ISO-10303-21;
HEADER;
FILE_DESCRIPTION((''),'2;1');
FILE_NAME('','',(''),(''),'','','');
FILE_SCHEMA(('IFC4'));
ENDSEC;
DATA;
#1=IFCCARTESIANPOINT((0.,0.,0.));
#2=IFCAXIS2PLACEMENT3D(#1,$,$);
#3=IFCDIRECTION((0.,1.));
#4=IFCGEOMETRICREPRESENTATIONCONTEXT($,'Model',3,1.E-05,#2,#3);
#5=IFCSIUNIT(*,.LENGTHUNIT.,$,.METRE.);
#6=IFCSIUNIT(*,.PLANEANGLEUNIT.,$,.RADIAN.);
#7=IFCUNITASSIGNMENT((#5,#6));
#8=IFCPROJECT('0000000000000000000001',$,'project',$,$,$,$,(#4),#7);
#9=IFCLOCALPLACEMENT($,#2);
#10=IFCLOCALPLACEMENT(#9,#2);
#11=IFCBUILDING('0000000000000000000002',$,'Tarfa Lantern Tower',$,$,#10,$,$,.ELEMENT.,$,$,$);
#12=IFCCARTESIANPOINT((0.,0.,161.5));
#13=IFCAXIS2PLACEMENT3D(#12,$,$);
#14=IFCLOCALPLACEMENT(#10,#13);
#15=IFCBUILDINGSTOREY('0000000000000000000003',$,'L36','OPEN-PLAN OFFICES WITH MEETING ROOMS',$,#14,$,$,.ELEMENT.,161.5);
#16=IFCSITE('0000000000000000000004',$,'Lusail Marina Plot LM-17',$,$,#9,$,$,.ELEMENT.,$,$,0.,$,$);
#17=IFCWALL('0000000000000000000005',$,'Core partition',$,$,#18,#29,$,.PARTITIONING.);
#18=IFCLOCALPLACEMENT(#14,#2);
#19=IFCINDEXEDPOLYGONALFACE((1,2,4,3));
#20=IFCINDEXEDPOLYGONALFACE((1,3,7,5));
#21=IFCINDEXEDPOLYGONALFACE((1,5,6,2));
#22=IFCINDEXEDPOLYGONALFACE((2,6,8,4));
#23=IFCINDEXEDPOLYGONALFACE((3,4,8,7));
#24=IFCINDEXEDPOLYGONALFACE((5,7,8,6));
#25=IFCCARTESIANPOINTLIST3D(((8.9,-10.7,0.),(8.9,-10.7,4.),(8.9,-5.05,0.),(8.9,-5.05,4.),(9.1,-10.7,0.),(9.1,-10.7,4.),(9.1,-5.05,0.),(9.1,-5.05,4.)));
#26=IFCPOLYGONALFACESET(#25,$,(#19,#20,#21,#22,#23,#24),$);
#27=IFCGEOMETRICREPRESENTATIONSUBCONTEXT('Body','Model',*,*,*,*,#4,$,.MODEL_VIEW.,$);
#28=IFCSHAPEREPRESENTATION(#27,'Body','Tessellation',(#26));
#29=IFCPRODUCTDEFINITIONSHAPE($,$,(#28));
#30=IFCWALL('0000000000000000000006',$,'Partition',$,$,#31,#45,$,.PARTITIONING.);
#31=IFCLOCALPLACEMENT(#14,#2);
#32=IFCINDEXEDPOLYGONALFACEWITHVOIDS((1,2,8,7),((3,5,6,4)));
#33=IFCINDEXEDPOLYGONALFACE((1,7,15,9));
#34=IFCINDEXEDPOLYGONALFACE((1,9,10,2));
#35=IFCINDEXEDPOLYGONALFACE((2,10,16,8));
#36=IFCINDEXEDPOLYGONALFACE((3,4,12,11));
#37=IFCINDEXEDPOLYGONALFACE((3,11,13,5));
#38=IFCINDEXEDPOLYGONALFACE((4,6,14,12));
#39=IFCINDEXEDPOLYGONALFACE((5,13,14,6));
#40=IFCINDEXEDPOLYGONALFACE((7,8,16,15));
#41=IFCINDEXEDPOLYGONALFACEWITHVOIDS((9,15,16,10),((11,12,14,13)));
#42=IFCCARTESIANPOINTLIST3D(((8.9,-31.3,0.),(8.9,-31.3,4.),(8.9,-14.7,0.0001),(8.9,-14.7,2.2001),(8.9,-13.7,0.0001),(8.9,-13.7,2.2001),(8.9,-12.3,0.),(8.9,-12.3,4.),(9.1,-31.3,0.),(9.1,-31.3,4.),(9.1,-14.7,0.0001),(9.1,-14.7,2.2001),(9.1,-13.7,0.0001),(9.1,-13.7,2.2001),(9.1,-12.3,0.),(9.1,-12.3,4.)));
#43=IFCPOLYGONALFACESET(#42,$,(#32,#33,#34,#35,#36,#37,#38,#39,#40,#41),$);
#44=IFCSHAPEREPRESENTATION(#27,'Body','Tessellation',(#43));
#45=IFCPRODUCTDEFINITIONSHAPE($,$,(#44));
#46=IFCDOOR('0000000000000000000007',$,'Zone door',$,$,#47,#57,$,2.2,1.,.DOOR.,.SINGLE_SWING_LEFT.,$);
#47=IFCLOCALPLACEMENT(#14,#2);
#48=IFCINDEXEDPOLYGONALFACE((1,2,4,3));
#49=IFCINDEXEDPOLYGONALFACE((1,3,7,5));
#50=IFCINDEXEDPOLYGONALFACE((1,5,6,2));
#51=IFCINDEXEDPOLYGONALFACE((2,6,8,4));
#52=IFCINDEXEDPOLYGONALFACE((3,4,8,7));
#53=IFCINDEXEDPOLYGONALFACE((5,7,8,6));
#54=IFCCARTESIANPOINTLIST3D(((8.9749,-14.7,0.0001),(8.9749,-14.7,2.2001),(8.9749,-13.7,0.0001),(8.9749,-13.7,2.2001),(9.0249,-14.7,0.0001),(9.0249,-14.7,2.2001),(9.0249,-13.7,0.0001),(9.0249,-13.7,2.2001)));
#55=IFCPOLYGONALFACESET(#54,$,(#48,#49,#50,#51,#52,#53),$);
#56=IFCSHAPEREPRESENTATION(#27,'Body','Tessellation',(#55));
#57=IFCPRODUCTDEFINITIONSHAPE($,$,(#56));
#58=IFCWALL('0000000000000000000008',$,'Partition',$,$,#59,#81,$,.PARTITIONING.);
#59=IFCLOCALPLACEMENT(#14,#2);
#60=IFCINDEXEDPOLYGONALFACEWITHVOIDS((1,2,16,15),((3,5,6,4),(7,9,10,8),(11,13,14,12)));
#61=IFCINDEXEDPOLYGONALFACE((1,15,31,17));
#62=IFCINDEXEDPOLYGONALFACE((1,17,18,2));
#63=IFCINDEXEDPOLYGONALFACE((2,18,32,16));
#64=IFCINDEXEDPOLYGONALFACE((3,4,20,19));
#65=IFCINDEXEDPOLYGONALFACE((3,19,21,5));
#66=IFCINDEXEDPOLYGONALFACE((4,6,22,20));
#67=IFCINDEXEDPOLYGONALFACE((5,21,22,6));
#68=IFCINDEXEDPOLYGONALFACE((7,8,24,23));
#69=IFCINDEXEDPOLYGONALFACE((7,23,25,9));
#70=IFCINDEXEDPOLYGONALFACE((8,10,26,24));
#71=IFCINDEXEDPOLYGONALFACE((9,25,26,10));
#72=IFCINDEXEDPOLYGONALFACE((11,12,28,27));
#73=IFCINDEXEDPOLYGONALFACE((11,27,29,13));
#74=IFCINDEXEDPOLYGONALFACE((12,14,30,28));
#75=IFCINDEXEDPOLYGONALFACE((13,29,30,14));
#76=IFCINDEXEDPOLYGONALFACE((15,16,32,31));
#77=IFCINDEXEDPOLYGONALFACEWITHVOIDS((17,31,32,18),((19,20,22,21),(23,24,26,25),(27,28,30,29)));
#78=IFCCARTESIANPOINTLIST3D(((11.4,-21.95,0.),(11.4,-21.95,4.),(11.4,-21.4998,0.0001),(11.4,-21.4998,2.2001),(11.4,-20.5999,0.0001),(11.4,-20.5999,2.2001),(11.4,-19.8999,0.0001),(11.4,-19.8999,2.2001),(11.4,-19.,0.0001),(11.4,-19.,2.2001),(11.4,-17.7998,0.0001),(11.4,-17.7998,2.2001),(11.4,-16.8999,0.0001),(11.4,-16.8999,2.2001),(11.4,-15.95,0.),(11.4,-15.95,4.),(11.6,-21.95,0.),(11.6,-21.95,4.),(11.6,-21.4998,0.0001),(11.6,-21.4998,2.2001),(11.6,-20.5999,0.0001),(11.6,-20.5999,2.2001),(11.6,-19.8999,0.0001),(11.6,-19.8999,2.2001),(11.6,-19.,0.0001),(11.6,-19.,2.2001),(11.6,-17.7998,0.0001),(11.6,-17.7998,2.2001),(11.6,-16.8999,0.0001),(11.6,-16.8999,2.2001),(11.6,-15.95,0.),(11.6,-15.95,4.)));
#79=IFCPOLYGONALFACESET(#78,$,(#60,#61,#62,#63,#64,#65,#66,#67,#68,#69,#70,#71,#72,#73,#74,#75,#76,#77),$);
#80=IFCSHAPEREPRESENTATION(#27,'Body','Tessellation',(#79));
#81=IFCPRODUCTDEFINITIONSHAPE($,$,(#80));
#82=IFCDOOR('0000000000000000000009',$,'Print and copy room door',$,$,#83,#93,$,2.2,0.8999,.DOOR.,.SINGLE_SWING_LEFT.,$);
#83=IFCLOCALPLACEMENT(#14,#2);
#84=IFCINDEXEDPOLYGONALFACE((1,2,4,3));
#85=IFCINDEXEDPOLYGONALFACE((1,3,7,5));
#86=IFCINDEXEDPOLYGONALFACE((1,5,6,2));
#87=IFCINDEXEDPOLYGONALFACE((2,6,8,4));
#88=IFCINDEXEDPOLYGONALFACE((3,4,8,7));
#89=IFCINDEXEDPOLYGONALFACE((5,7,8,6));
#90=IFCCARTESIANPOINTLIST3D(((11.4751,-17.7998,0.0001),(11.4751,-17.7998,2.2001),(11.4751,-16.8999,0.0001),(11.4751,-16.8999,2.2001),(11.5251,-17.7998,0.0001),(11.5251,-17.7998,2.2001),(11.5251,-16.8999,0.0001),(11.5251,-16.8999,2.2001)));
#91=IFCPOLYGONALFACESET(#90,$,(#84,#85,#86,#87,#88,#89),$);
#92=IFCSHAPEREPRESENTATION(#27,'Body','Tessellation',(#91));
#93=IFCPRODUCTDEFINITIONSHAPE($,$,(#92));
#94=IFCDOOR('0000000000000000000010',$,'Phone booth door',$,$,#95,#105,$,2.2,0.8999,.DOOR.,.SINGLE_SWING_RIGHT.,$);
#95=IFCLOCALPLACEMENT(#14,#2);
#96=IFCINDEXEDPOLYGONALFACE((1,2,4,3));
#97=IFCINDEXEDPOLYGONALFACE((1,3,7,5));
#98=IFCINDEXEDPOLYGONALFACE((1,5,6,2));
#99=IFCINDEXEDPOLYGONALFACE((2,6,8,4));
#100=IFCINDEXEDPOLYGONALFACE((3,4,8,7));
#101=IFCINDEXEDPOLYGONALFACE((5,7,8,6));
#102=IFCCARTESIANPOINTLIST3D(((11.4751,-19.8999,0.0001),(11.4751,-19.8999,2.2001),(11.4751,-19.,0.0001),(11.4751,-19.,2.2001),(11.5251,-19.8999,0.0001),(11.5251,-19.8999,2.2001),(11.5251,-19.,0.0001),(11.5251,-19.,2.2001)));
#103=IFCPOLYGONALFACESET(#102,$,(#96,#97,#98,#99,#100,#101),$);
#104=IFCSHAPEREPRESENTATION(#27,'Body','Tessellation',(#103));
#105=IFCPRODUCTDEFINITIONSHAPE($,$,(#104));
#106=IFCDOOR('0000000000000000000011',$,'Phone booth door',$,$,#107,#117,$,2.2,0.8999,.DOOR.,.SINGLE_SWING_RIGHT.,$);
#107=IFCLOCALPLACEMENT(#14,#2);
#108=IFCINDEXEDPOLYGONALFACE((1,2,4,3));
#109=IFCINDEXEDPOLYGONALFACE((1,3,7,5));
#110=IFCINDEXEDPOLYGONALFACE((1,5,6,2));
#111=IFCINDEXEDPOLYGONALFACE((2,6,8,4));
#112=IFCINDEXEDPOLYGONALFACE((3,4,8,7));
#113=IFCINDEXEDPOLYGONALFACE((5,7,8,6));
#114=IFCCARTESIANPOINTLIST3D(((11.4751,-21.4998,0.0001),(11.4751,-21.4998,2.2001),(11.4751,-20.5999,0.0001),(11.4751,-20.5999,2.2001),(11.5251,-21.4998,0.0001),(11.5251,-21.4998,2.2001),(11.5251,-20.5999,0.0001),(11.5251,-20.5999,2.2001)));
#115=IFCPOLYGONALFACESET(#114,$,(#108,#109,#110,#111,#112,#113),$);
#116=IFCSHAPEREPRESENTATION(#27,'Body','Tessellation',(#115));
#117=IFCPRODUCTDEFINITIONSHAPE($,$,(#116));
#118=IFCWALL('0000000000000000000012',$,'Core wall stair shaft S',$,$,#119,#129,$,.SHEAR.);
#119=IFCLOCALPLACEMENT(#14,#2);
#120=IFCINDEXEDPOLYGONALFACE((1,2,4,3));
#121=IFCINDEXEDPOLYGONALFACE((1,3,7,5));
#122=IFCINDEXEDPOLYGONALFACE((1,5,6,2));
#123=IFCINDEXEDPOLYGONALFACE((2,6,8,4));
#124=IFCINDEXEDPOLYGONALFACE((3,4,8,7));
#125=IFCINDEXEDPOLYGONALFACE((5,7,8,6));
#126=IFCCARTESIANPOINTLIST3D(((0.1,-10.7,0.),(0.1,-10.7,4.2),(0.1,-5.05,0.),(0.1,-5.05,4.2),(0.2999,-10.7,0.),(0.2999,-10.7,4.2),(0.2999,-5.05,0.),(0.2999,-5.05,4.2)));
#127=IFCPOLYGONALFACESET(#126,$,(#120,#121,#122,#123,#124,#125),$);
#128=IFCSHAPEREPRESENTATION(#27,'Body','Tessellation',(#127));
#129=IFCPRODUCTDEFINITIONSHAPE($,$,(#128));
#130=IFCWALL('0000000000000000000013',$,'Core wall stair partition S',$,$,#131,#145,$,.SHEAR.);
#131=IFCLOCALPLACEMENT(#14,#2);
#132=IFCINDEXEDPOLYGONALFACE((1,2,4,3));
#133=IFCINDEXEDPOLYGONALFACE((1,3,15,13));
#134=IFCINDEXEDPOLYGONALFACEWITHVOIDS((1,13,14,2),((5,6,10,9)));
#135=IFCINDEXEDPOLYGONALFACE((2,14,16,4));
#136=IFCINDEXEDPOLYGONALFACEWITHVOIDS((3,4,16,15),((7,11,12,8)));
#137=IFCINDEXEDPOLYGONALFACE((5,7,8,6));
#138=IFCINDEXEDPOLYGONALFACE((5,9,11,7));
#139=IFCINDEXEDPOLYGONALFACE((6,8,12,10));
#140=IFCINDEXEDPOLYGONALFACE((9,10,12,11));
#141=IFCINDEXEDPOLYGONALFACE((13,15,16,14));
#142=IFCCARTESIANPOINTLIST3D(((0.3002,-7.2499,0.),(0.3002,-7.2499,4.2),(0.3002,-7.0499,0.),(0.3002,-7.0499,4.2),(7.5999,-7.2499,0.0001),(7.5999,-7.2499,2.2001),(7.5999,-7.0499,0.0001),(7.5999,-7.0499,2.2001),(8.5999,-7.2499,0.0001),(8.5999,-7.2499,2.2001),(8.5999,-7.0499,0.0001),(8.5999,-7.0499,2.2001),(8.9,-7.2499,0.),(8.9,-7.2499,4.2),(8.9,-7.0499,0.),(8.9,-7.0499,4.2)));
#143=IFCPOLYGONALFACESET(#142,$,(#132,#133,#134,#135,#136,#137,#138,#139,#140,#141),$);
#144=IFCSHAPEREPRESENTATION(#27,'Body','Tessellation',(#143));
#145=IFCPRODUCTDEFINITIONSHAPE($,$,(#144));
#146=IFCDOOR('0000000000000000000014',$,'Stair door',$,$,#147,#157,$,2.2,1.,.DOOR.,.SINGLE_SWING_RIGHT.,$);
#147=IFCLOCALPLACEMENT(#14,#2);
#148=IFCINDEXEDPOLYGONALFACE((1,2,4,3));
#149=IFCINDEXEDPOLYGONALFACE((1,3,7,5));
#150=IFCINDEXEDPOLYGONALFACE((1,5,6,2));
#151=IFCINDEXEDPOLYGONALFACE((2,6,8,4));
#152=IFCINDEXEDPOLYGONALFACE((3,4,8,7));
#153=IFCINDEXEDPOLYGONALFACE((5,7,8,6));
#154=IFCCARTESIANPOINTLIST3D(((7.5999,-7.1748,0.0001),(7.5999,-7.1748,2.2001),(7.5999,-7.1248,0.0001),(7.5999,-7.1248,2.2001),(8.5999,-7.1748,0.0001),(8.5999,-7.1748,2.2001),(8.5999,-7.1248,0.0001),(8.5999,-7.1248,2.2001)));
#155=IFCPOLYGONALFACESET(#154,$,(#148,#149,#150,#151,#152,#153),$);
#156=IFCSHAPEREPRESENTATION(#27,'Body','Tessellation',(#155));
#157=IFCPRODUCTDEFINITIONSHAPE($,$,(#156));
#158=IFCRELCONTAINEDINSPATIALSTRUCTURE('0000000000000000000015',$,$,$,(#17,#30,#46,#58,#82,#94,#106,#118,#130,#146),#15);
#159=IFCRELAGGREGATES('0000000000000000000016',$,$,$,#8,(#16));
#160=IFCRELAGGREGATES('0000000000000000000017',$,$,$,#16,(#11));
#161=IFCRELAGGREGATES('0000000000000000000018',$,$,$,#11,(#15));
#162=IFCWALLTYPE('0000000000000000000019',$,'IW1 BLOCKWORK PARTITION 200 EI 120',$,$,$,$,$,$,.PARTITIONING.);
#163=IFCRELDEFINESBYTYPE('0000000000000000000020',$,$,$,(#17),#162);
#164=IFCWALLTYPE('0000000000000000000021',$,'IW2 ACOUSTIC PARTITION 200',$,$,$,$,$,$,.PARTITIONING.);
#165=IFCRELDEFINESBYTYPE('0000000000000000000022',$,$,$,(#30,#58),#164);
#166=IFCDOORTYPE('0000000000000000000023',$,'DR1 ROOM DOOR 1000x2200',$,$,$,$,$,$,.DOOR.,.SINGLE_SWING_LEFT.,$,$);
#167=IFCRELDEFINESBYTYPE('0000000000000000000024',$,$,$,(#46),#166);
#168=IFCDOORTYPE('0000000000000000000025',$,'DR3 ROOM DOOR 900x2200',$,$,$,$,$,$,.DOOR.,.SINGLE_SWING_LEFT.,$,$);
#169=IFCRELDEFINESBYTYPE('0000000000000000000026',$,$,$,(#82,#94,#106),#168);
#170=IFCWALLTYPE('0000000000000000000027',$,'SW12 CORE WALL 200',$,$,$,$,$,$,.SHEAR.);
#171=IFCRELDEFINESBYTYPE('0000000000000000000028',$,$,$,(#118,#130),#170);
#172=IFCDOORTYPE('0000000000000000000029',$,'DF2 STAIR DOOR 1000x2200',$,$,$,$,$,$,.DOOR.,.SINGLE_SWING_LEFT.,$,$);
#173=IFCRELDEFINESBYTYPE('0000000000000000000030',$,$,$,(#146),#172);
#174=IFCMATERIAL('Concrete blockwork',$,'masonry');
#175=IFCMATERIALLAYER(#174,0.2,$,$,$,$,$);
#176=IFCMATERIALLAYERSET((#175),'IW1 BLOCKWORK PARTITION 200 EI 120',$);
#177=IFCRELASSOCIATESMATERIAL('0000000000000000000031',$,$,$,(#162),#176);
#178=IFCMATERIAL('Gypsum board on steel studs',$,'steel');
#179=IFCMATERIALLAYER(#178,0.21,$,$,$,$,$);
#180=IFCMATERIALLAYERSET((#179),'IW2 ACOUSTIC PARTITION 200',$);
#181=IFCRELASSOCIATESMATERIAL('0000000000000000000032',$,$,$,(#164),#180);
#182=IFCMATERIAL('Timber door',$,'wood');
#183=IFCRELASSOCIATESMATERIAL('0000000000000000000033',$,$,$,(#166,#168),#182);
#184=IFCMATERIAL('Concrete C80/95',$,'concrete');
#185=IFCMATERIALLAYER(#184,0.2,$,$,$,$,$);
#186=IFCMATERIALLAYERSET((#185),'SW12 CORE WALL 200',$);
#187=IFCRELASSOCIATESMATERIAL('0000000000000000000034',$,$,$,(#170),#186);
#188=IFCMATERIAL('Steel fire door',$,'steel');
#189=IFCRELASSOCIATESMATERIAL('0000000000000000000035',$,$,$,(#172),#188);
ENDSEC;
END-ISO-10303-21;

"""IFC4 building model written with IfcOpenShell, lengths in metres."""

from ifc_helpers import new_model, si_unit, direction, frame, frame_2d, origin, place, context, subcontext, project, spatial, rectangle, extrude, material, layer, layer_set, type_object, element, fill, save


model = new_model("IFC4")

# Units and contexts
model_context = context("Model", 3, precision=1e-05, world=origin(), true_north=direction((0.0, 1.0)))
body_context = subcontext(model_context, "Body", "Model", "MODEL_VIEW")
ifc_project = project(units=[si_unit("LENGTHUNIT", "METRE"), si_unit("PLANEANGLEUNIT", "RADIAN")], contexts=[model_context])

# Site, building, storey
site_placement = place(None, origin())
site = spatial("IfcSite", under=ifc_project, at=site_placement, Name="Lusail Marina Plot LM-17", CompositionType="ELEMENT", RefElevation=0.0)
building_placement = place(site_placement, origin())
building = spatial("IfcBuilding", under=site, at=building_placement, Name="Tarfa Lantern Tower", CompositionType="ELEMENT")
storey_placement = place(building_placement, frame((0.0, 0.0, 161.5)))
storey = spatial("IfcBuildingStorey", under=building, at=storey_placement, Name="L36", Description="OPEN-PLAN OFFICES WITH MEETING ROOMS", CompositionType="ELEMENT", Elevation=161.5)

# Wall
ifc_material_1 = material(Name="Concrete blockwork", Category="masonry")
ifc_layer_1 = layer(ifc_material_1, 0.2)
ifc_layer_set_1 = layer_set([ifc_layer_1], Name="IW1 BLOCKWORK PARTITION 200 EI 120")
wall_type_1 = type_object("IfcWallType", Name="IW1 BLOCKWORK PARTITION 200 EI 120", PredefinedType="PARTITIONING", material=ifc_layer_set_1)
wall_1_placement = place(storey_placement, frame((9.0, -5.05, 0.0), z_axis=(0.0, 0.0, 1.0), x_axis=(0.0, -1.0, 0.0)))
element("IfcWall", 1, at=wall_1_placement, inside=storey, type_object=wall_type_1, Name="Core partition", PredefinedType="PARTITIONING", context=body_context, shape_type="SweptSolid", body=[
    extrude(rectangle(XDim=5.6499, YDim=0.2, at=frame_2d((2.825, 0.0))), origin(), (0.0, 0.0, 1.0), 4.0),
])

# Wall, opening, door
ifc_material_2 = material(Name="Gypsum board on steel studs", Category="steel")
ifc_layer_2 = layer(ifc_material_2, 0.21)
ifc_layer_set_2 = layer_set([ifc_layer_2], Name="IW2 ACOUSTIC PARTITION 200")
wall_type_2 = type_object("IfcWallType", Name="IW2 ACOUSTIC PARTITION 200", PredefinedType="PARTITIONING", material=ifc_layer_set_2)
wall_2_placement = place(storey_placement, frame((9.0, -12.3, 0.0), z_axis=(0.0, 0.0, 1.0), x_axis=(0.0, -1.0, 0.0)))
wall_2 = element("IfcWall", 2, at=wall_2_placement, inside=storey, type_object=wall_type_2, Name="Partition", PredefinedType="PARTITIONING", context=body_context, shape_type="SweptSolid", body=[
    extrude(rectangle(XDim=19.0, YDim=0.2, at=frame_2d((9.5, 0.0))), origin(), (0.0, 0.0, 1.0), 4.0),
])
opening_1_placement = place(wall_2_placement, frame((1.3999, 0.0, 0.0)))
opening_1 = element("IfcOpeningElement", 3, at=opening_1_placement, cuts=wall_2, PredefinedType="OPENING", context=body_context, shape_type="SweptSolid", body=[
    extrude(rectangle(XDim=1.0, YDim=2.2, at=frame_2d((0.5, 1.1001))), frame((0.0, 0.1099, 0.0), z_axis=(0.0, -1.0, 0.0), x_axis=(1.0, 0.0, 0.0)), (0.0, 0.0, 1.0), 0.22),
])
ifc_material_3 = material(Name="Timber door", Category="wood")
door_type_1 = type_object("IfcDoorType", Name="DR1 ROOM DOOR 1000x2200", OperationType="SINGLE_SWING_LEFT", PredefinedType="DOOR", material=ifc_material_3)
door_1_placement = place(opening_1_placement, origin())
door_1 = element("IfcDoor", 4, at=door_1_placement, inside=storey, type_object=door_type_1, Name="Zone door", OperationType="SINGLE_SWING_LEFT", OverallHeight=2.2, OverallWidth=1.0, PredefinedType="DOOR", context=body_context, shape_type="SweptSolid", body=[
    extrude(rectangle(XDim=1.0, YDim=2.2, at=frame_2d((0.5, 1.1001))), frame((0.0, 0.0249, 0.0), z_axis=(0.0, -1.0, 0.0), x_axis=(1.0, 0.0, 0.0)), (0.0, 0.0, 1.0), 0.05),
])
fill(opening_1, door_1)

# Wall, openings, doors
wall_3_placement = place(storey_placement, frame((11.5, -15.95, 0.0), z_axis=(0.0, 0.0, 1.0), x_axis=(0.0, -1.0, 0.0)))
wall_3 = element("IfcWall", 5, at=wall_3_placement, inside=storey, type_object=wall_type_2, Name="Partition", PredefinedType="PARTITIONING", context=body_context, shape_type="SweptSolid", body=[
    extrude(rectangle(XDim=6.0, YDim=0.2, at=frame_2d((3.0, 0.0))), origin(), (0.0, 0.0, 1.0), 4.0),
])
opening_2_placement = place(wall_3_placement, frame((0.95, 0.0, 0.0)))
opening_2 = element("IfcOpeningElement", 6, at=opening_2_placement, cuts=wall_3, PredefinedType="OPENING", context=body_context, shape_type="SweptSolid", body=[
    extrude(rectangle(XDim=0.8999, YDim=2.2, at=frame_2d((0.45, 1.1001))), frame((0.0, 0.1099, 0.0), z_axis=(0.0, -1.0, 0.0), x_axis=(1.0, 0.0, 0.0)), (0.0, 0.0, 1.0), 0.22),
])
opening_3_placement = place(wall_3_placement, frame((3.05, 0.0, 0.0)))
opening_3 = element("IfcOpeningElement", 7, at=opening_3_placement, cuts=wall_3, PredefinedType="OPENING", context=body_context, shape_type="SweptSolid", body=[
    extrude(rectangle(XDim=0.8999, YDim=2.2, at=frame_2d((0.45, 1.1001))), frame((0.0, 0.1099, 0.0), z_axis=(0.0, -1.0, 0.0), x_axis=(1.0, 0.0, 0.0)), (0.0, 0.0, 1.0), 0.22),
])
opening_4_placement = place(wall_3_placement, frame((4.6499, 0.0, 0.0)))
opening_4 = element("IfcOpeningElement", 8, at=opening_4_placement, cuts=wall_3, PredefinedType="OPENING", context=body_context, shape_type="SweptSolid", body=[
    extrude(rectangle(XDim=0.8999, YDim=2.2, at=frame_2d((0.45, 1.1001))), frame((0.0, 0.1099, 0.0), z_axis=(0.0, -1.0, 0.0), x_axis=(1.0, 0.0, 0.0)), (0.0, 0.0, 1.0), 0.22),
])
door_type_2 = type_object("IfcDoorType", Name="DR3 ROOM DOOR 900x2200", OperationType="SINGLE_SWING_LEFT", PredefinedType="DOOR", material=ifc_material_3)
door_2_placement = place(opening_2_placement, frame((0.8999, 0.0, 0.0), z_axis=(0.0, 0.0, 1.0), x_axis=(-1.0, 0.0, 0.0)))
door_2 = element("IfcDoor", 9, at=door_2_placement, inside=storey, type_object=door_type_2, Name="Print and copy room door", OperationType="SINGLE_SWING_LEFT", OverallHeight=2.2, OverallWidth=0.8999, PredefinedType="DOOR", context=body_context, shape_type="SweptSolid", body=[
    extrude(rectangle(XDim=0.8999, YDim=2.2, at=frame_2d((0.45, 1.1001))), frame((0.0, 0.0249, 0.0), z_axis=(0.0, -1.0, 0.0), x_axis=(1.0, 0.0, 0.0)), (0.0, 0.0, 1.0), 0.05),
])
fill(opening_2, door_2)
door_3_placement = place(opening_3_placement, frame((0.8999, 0.0, 0.0), z_axis=(0.0, 0.0, 1.0), x_axis=(-1.0, 0.0, 0.0)))
door_3 = element("IfcDoor", 10, at=door_3_placement, inside=storey, type_object=door_type_2, Name="Phone booth door", OperationType="SINGLE_SWING_RIGHT", OverallHeight=2.2, OverallWidth=0.8999, PredefinedType="DOOR", context=body_context, shape_type="SweptSolid", body=[
    extrude(rectangle(XDim=0.8999, YDim=2.2, at=frame_2d((0.45, 1.1001))), frame((0.0, 0.0249, 0.0), z_axis=(0.0, -1.0, 0.0), x_axis=(1.0, 0.0, 0.0)), (0.0, 0.0, 1.0), 0.05),
])
fill(opening_3, door_3)
door_4_placement = place(opening_4_placement, frame((0.8999, 0.0, 0.0), z_axis=(0.0, 0.0, 1.0), x_axis=(-1.0, 0.0, 0.0)))
door_4 = element("IfcDoor", 11, at=door_4_placement, inside=storey, type_object=door_type_2, Name="Phone booth door", OperationType="SINGLE_SWING_RIGHT", OverallHeight=2.2, OverallWidth=0.8999, PredefinedType="DOOR", context=body_context, shape_type="SweptSolid", body=[
    extrude(rectangle(XDim=0.8999, YDim=2.2, at=frame_2d((0.45, 1.1001))), frame((0.0, 0.0249, 0.0), z_axis=(0.0, -1.0, 0.0), x_axis=(1.0, 0.0, 0.0)), (0.0, 0.0, 1.0), 0.05),
])
fill(opening_4, door_4)

# Wall
ifc_material_4 = material(Name="Concrete C80/95", Category="concrete")
ifc_layer_3 = layer(ifc_material_4, 0.2)
ifc_layer_set_3 = layer_set([ifc_layer_3], Name="SW12 CORE WALL 200")
wall_type_3 = type_object("IfcWallType", Name="SW12 CORE WALL 200", PredefinedType="SHEAR", material=ifc_layer_set_3)
wall_4_placement = place(storey_placement, frame((0.2, -5.05, 0.0), z_axis=(0.0, 0.0, 1.0), x_axis=(0.0, -1.0, 0.0)))
element("IfcWall", 12, at=wall_4_placement, inside=storey, type_object=wall_type_3, Name="Core wall stair shaft S", PredefinedType="SHEAR", context=body_context, shape_type="SweptSolid", body=[
    extrude(rectangle(XDim=5.6499, YDim=0.2, at=frame_2d((2.825, 0.0))), origin(), (0.0, 0.0, 1.0), 4.2),
])

# Wall, opening, door
wall_5_placement = place(storey_placement, frame((8.8999, -7.1499, 0.0), z_axis=(0.0, 0.0, 1.0), x_axis=(-1.0, 0.0, 0.0)))
wall_5 = element("IfcWall", 13, at=wall_5_placement, inside=storey, type_object=wall_type_3, Name="Core wall stair partition S", PredefinedType="SHEAR", context=body_context, shape_type="SweptSolid", body=[
    extrude(rectangle(XDim=8.5999, YDim=0.2, at=frame_2d((4.2998, 0.0))), origin(), (0.0, 0.0, 1.0), 4.2),
])
opening_5_placement = place(wall_5_placement, frame((0.3, 0.0, 0.0)))
opening_5 = element("IfcOpeningElement", 14, at=opening_5_placement, cuts=wall_5, PredefinedType="OPENING", context=body_context, shape_type="SweptSolid", body=[
    extrude(rectangle(XDim=1.0, YDim=2.2, at=frame_2d((0.5, 1.1001))), frame((0.0, 0.1099, 0.0), z_axis=(0.0, -1.0, 0.0), x_axis=(1.0, 0.0, 0.0)), (0.0, 0.0, 1.0), 0.22),
])
ifc_material_5 = material(Name="Steel fire door", Category="steel")
door_type_3 = type_object("IfcDoorType", Name="DF2 STAIR DOOR 1000x2200", OperationType="SINGLE_SWING_LEFT", PredefinedType="DOOR", material=ifc_material_5)
door_5_placement = place(opening_5_placement, origin())
door_5 = element("IfcDoor", 15, at=door_5_placement, inside=storey, type_object=door_type_3, Name="Stair door", OperationType="SINGLE_SWING_RIGHT", OverallHeight=2.2, OverallWidth=1.0, PredefinedType="DOOR", context=body_context, shape_type="SweptSolid", body=[
    extrude(rectangle(XDim=1.0, YDim=2.2, at=frame_2d((0.5, 1.1001))), frame((0.0, 0.0249, 0.0), z_axis=(0.0, -1.0, 0.0), x_axis=(1.0, 0.0, 0.0)), (0.0, 0.0, 1.0), 0.05),
])
fill(opening_5, door_5)

save(model, "model.ifc")
